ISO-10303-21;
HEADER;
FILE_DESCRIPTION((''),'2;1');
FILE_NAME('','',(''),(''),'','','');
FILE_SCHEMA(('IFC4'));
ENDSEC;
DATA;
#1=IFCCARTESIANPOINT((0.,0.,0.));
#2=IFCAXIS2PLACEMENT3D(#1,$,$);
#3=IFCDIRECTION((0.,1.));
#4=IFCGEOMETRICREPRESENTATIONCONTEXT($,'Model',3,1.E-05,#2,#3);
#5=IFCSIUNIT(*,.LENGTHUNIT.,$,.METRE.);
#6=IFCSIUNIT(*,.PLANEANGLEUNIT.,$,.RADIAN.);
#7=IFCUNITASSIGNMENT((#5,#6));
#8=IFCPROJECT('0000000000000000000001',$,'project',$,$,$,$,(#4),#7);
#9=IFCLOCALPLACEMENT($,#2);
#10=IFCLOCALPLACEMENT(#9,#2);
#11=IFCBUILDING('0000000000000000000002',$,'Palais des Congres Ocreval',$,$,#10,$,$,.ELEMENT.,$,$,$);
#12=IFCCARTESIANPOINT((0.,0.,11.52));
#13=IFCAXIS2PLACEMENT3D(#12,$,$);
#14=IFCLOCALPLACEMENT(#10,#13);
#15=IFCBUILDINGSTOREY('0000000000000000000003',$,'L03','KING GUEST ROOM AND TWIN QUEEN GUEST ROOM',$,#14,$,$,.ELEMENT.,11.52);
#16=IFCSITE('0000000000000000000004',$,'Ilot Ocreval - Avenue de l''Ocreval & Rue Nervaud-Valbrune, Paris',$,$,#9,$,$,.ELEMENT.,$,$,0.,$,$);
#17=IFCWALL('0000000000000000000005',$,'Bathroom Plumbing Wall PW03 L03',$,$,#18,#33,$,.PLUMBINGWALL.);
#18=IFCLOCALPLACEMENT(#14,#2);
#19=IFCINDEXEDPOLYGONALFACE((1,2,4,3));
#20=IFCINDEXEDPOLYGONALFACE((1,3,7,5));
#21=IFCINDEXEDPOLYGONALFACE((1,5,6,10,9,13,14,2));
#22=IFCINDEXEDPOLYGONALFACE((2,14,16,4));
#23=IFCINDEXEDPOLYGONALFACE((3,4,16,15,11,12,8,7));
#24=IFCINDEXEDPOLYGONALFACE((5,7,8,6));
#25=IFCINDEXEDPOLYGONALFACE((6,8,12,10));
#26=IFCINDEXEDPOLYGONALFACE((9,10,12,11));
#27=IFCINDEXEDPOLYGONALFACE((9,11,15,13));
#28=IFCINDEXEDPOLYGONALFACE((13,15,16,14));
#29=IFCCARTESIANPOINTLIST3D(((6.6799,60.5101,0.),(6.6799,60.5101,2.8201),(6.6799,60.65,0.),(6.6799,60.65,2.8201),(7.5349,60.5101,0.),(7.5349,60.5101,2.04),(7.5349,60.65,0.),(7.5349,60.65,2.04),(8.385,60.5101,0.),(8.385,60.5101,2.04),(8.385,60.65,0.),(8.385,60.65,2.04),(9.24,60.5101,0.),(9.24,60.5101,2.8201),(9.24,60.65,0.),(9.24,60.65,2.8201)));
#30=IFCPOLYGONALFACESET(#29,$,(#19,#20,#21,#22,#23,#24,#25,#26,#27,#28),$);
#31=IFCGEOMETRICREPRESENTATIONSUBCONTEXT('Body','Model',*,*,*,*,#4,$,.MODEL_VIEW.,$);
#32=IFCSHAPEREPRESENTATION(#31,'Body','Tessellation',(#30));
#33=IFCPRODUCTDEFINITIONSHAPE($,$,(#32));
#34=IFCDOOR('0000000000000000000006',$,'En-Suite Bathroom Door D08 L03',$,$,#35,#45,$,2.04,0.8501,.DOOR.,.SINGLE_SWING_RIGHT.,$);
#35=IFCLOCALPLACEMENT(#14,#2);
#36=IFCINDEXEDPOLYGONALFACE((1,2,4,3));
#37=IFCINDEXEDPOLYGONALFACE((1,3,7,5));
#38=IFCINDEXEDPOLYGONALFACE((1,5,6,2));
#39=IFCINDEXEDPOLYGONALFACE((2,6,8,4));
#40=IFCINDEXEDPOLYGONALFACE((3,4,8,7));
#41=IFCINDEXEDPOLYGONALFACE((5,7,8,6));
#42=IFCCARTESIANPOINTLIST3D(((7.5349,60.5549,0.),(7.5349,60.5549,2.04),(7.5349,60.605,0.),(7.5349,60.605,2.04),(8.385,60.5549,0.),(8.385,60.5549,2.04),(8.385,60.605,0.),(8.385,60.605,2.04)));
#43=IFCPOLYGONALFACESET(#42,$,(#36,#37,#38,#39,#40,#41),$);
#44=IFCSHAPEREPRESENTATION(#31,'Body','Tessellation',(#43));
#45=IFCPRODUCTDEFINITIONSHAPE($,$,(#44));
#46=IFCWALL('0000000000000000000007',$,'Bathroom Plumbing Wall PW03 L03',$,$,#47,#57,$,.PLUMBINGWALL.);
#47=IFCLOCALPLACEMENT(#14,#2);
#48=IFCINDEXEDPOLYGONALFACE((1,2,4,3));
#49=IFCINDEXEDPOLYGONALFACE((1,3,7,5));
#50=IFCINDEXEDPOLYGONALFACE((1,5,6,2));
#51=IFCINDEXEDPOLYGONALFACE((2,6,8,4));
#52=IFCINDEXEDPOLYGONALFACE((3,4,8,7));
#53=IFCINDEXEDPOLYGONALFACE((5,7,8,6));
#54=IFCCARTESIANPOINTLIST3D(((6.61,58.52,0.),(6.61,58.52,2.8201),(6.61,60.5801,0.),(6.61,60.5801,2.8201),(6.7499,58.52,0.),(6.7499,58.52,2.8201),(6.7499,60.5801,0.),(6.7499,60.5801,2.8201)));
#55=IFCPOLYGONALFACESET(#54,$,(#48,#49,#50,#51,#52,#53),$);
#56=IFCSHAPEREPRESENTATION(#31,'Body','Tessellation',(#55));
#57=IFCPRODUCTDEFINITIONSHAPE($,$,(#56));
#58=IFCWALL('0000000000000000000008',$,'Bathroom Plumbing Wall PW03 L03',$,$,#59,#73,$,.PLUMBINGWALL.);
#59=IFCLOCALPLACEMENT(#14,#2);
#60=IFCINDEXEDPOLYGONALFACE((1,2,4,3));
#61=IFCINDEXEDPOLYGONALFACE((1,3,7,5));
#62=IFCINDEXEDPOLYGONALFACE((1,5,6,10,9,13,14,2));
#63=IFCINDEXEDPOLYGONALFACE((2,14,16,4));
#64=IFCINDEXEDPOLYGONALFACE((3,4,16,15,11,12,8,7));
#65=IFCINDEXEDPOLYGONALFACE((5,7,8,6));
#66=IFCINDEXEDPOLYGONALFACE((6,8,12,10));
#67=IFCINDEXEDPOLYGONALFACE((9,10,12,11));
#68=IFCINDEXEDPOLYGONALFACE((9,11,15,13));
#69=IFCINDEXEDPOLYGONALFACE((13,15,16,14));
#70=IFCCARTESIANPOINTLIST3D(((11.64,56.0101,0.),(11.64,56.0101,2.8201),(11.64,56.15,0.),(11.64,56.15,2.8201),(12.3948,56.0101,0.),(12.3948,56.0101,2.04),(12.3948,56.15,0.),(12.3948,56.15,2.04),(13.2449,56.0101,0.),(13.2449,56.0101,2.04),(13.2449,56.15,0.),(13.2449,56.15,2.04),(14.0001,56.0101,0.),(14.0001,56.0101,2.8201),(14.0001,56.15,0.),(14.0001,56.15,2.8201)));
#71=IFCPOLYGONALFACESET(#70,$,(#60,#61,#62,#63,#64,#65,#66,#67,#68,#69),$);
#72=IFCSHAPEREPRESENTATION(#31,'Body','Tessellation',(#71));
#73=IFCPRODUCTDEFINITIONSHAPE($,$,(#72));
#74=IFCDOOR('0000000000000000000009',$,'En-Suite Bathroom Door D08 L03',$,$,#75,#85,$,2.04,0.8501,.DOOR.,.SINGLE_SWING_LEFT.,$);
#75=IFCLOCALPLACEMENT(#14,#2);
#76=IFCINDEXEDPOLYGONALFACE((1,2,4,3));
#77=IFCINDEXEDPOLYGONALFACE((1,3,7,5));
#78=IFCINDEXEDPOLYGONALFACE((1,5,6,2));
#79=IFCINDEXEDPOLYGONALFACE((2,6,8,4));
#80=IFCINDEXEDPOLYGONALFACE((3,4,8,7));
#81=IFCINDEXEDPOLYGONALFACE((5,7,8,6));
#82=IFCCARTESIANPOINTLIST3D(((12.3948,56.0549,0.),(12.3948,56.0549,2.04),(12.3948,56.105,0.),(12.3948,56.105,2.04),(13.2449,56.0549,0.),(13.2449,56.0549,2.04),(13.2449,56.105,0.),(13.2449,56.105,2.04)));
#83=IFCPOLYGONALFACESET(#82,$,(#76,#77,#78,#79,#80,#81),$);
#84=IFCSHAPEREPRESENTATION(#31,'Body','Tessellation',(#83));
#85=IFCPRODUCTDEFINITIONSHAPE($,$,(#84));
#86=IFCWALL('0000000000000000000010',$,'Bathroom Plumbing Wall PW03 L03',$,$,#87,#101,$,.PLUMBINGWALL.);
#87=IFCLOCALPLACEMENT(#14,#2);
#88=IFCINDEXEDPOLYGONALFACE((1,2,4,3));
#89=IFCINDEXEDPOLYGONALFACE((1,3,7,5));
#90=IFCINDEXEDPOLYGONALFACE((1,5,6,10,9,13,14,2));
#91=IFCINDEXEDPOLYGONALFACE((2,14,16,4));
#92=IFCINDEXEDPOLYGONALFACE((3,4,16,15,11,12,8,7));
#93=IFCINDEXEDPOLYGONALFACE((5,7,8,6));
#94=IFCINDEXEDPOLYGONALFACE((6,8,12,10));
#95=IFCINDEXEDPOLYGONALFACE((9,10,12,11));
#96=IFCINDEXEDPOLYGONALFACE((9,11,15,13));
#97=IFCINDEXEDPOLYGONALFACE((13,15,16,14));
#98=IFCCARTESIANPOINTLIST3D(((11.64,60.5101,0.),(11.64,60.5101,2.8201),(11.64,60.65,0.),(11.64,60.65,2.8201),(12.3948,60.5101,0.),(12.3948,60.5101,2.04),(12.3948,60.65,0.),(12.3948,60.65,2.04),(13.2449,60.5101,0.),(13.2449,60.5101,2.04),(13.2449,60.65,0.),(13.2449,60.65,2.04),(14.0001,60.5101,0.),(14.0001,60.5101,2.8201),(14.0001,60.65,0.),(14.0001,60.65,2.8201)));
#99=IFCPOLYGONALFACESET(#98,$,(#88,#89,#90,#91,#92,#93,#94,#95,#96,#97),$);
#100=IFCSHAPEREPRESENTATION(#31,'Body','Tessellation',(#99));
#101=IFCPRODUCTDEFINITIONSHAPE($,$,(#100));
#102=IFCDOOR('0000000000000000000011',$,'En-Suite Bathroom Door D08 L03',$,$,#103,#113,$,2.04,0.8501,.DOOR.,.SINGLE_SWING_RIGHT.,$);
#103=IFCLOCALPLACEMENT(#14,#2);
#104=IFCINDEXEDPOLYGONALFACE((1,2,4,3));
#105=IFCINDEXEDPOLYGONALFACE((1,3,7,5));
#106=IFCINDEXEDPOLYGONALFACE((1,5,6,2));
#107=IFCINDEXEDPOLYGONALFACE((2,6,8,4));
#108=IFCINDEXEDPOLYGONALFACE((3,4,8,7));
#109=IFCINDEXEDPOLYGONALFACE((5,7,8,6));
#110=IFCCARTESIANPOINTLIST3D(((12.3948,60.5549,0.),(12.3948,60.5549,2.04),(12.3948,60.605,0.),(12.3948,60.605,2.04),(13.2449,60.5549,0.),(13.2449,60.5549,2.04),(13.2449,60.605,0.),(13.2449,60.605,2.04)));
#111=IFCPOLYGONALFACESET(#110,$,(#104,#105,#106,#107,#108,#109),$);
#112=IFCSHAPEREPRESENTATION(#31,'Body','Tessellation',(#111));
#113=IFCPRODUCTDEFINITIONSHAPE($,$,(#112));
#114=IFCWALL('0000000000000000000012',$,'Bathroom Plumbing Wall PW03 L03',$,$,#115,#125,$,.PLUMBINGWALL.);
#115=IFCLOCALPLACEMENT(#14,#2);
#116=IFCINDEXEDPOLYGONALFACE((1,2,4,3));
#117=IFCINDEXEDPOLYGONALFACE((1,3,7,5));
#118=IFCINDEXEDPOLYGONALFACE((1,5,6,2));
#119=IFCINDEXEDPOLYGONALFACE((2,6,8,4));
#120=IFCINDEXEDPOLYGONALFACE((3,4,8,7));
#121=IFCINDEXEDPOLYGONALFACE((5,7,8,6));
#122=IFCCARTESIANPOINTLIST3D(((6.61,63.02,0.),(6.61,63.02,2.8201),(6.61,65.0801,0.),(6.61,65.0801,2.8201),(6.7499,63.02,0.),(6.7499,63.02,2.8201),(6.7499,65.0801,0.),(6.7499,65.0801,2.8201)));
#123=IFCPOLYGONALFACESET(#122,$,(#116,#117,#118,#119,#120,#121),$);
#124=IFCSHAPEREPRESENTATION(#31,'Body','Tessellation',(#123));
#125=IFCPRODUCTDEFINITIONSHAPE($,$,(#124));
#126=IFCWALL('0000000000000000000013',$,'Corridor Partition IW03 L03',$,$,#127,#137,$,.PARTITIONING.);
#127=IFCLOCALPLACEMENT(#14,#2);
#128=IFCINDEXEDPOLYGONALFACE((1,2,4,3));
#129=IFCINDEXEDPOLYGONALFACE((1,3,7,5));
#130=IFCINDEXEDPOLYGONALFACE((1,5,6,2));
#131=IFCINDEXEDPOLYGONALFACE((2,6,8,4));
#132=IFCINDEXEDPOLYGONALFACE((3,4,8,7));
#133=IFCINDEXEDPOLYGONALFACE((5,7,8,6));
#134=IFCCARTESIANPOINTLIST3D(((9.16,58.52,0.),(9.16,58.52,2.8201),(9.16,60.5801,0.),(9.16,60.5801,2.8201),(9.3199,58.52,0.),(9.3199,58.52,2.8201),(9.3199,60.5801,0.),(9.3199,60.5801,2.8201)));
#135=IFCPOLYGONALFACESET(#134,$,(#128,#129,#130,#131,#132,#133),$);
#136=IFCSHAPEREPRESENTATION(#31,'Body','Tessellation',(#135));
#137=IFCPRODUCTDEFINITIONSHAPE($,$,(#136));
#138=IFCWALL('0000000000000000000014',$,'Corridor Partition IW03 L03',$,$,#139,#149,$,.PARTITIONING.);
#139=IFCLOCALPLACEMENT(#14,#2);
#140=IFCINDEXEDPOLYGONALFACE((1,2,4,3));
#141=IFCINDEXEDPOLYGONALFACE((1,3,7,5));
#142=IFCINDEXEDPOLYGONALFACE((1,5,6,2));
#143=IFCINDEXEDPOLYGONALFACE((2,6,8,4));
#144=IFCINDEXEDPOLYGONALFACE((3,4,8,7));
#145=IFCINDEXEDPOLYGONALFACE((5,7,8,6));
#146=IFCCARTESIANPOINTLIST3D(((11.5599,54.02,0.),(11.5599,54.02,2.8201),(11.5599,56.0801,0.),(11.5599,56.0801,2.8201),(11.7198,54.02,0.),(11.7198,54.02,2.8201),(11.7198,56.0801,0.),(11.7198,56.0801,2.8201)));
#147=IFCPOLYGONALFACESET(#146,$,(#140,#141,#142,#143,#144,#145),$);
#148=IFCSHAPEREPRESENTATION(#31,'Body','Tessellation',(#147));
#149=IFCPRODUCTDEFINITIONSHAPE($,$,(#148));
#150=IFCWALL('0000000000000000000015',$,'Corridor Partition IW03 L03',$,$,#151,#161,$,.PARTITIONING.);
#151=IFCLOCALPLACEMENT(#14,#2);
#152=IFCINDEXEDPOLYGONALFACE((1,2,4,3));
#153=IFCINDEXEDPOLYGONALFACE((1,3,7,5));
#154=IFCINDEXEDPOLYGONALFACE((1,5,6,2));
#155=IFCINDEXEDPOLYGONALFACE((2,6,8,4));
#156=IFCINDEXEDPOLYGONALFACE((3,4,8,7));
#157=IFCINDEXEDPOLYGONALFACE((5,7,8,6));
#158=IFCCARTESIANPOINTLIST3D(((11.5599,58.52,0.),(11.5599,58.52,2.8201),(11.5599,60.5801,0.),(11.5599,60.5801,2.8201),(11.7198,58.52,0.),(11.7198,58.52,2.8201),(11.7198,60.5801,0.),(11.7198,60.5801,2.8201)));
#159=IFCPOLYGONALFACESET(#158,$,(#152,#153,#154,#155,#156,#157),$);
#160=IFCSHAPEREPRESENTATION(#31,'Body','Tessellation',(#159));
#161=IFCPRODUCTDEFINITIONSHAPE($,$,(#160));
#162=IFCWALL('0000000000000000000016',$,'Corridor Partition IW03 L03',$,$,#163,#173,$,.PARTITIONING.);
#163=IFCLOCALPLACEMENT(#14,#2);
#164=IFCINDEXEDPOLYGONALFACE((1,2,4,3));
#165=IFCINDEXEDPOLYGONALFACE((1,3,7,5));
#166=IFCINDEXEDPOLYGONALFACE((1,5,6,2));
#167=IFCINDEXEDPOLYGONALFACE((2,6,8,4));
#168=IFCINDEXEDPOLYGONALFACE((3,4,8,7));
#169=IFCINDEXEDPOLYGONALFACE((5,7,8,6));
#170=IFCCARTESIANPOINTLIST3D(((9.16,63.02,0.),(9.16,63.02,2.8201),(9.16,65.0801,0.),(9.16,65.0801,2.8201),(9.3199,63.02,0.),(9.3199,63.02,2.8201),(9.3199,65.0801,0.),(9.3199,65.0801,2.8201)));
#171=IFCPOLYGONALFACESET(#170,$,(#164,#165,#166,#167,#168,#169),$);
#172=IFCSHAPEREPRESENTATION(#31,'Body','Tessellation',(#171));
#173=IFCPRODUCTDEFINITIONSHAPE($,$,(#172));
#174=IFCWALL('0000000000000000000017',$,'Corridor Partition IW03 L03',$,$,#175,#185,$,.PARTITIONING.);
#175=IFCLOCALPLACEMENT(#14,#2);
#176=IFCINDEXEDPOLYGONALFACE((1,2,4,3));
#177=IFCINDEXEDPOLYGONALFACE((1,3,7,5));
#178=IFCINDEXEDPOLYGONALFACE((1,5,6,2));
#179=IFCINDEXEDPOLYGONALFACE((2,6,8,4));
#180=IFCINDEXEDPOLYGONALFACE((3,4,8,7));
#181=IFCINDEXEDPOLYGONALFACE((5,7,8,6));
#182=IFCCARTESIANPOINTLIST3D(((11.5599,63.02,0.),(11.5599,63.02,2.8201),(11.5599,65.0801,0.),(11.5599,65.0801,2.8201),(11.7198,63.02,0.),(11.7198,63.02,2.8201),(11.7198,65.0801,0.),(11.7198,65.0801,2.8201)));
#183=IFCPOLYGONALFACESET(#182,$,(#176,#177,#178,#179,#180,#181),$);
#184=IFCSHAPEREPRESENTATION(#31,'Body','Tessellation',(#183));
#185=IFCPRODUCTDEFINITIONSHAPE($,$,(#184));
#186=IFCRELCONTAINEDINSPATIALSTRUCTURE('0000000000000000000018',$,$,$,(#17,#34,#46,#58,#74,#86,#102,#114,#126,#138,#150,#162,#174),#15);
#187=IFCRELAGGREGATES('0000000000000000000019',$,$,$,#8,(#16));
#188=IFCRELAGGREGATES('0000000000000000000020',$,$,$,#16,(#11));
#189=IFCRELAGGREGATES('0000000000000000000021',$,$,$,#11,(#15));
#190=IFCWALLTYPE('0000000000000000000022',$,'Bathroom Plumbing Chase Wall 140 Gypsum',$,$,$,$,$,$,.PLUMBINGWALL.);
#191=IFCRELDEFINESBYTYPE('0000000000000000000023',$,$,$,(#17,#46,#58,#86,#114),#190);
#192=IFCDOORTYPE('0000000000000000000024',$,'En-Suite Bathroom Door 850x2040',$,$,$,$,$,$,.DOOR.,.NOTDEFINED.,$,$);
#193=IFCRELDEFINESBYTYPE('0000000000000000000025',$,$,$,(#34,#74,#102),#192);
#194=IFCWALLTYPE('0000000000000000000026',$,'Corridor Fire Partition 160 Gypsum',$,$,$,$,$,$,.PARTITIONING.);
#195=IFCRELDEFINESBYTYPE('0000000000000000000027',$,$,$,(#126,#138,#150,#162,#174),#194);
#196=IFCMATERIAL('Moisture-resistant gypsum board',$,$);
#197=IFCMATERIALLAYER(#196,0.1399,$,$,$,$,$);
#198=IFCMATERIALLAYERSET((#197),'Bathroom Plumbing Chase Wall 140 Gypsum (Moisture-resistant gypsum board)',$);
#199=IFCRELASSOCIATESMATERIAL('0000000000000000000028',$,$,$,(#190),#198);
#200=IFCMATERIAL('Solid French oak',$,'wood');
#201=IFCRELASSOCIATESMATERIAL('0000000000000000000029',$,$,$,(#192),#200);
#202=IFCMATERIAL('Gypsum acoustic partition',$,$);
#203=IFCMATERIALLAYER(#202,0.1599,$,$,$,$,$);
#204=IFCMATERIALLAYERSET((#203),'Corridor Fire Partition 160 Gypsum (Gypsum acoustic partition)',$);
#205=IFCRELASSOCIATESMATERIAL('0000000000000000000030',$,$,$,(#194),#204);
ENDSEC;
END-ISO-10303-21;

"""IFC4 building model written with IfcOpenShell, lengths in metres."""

from ifc_helpers import new_model, si_unit, direction, frame, frame_2d, origin, place, context, subcontext, project, spatial, rectangle, extrude, material, layer, layer_set, type_object, element, fill, save


model = new_model("IFC4")

# Units and contexts
model_context = context("Model", 3, precision=1e-05, world=origin(), true_north=direction((0.0, 1.0)))
body_context = subcontext(model_context, "Body", "Model", "MODEL_VIEW")
ifc_project = project(units=[si_unit("LENGTHUNIT", "METRE"), si_unit("PLANEANGLEUNIT", "RADIAN")], contexts=[model_context])

# Site, building, storey
site_placement = place(None, origin())
site = spatial("IfcSite", under=ifc_project, at=site_placement, Name="Ilot Ocreval - Avenue de l'Ocreval & Rue Nervaud-Valbrune, Paris", CompositionType="ELEMENT", RefElevation=0.0)
building_placement = place(site_placement, origin())
building = spatial("IfcBuilding", under=site, at=building_placement, Name="Palais des Congres Ocreval", CompositionType="ELEMENT")
storey_placement = place(building_placement, frame((0.0, 0.0, 11.52)))
storey = spatial("IfcBuildingStorey", under=building, at=storey_placement, Name="L03", Description="KING GUEST ROOM AND TWIN QUEEN GUEST ROOM", CompositionType="ELEMENT", Elevation=11.52)

# Wall, opening, door
ifc_material_1 = material(Name="Moisture-resistant gypsum board")
ifc_layer_1 = layer(ifc_material_1, 0.1399)
ifc_layer_set_1 = layer_set([ifc_layer_1], Name="Bathroom Plumbing Chase Wall 140 Gypsum (Moisture-resistant gypsum board)")
wall_type_1 = type_object("IfcWallType", Name="Bathroom Plumbing Chase Wall 140 Gypsum", PredefinedType="PLUMBINGWALL", material=ifc_layer_set_1)
ifc_material_2 = material(Name="Solid French oak", Category="wood")
door_type_1 = type_object("IfcDoorType", Name="En-Suite Bathroom Door 850x2040", OperationType="NOTDEFINED", PredefinedType="DOOR", material=ifc_material_2)
wall_1_placement = place(storey_placement, frame((6.6799, 60.5801, 0.0), z_axis=(0.0, 0.0, 1.0), x_axis=(1.0, 0.0, 0.0)))
wall_1 = element("IfcWall", 1, at=wall_1_placement, inside=storey, type_object=wall_type_1, Name="Bathroom Plumbing Wall PW03 L03", PredefinedType="PLUMBINGWALL", context=body_context, shape_type="SweptSolid", body=[
    extrude(rectangle(XDim=2.5601, YDim=0.1399, at=frame_2d((1.28, 0.0))), origin(), (0.0, 0.0, 1.0), 2.8201),
])
opening_1_placement = place(wall_1_placement, frame((0.855, 0.0, 0.0)))
opening_1 = element("IfcOpeningElement", 2, at=opening_1_placement, cuts=wall_1, PredefinedType="OPENING", context=body_context, shape_type="SweptSolid", body=[
    extrude(rectangle(XDim=0.8501, YDim=2.04, at=frame_2d((0.425, 1.02))), frame((0.0, 0.0798, 0.0), z_axis=(0.0, -1.0, 0.0), x_axis=(1.0, 0.0, 0.0)), (0.0, 0.0, 1.0), 0.1599),
])
door_1_placement = place(opening_1_placement, origin())
door_1 = element("IfcDoor", 3, at=door_1_placement, inside=storey, type_object=door_type_1, Name="En-Suite Bathroom Door D08 L03", OperationType="SINGLE_SWING_RIGHT", OverallHeight=2.04, OverallWidth=0.8501, PredefinedType="DOOR", context=body_context, shape_type="SweptSolid", body=[
    extrude(rectangle(XDim=0.8501, YDim=2.04, at=frame_2d((0.425, 1.02))), frame((0.0, 0.0249, 0.0), z_axis=(0.0, -1.0, 0.0), x_axis=(1.0, 0.0, 0.0)), (0.0, 0.0, 1.0), 0.05),
])
fill(opening_1, door_1)

# Wall
wall_2_placement = place(storey_placement, frame((6.6799, 58.52, 0.0), z_axis=(0.0, 0.0, 1.0), x_axis=(0.0, 1.0, 0.0)))
element("IfcWall", 4, at=wall_2_placement, inside=storey, type_object=wall_type_1, Name="Bathroom Plumbing Wall PW03 L03", PredefinedType="PLUMBINGWALL", context=body_context, shape_type="SweptSolid", body=[
    extrude(rectangle(XDim=2.0601, YDim=0.1399, at=frame_2d((1.03, 0.0))), origin(), (0.0, 0.0, 1.0), 2.8201),
])

# Walls, openings, doors
wall_3_placement = place(storey_placement, frame((11.6399, 56.0801, 0.0), z_axis=(0.0, 0.0, 1.0), x_axis=(1.0, 0.0, 0.0)))
wall_3 = element("IfcWall", 5, at=wall_3_placement, inside=storey, type_object=wall_type_1, Name="Bathroom Plumbing Wall PW03 L03", PredefinedType="PLUMBINGWALL", context=body_context, shape_type="SweptSolid", body=[
    extrude(rectangle(XDim=2.3601, YDim=0.1399, at=frame_2d((1.1802, 0.0))), origin(), (0.0, 0.0, 1.0), 2.8201),
])
opening_2_placement = place(wall_3_placement, frame((0.7549, 0.0, 0.0)))
opening_2 = element("IfcOpeningElement", 6, at=opening_2_placement, cuts=wall_3, PredefinedType="OPENING", context=body_context, shape_type="SweptSolid", body=[
    extrude(rectangle(XDim=0.8501, YDim=2.04, at=frame_2d((0.425, 1.02))), frame((0.0, 0.0798, 0.0), z_axis=(0.0, -1.0, 0.0), x_axis=(1.0, 0.0, 0.0)), (0.0, 0.0, 1.0), 0.1599),
])
door_2_placement = place(opening_2_placement, origin())
door_2 = element("IfcDoor", 7, at=door_2_placement, inside=storey, type_object=door_type_1, Name="En-Suite Bathroom Door D08 L03", OperationType="SINGLE_SWING_LEFT", OverallHeight=2.04, OverallWidth=0.8501, PredefinedType="DOOR", context=body_context, shape_type="SweptSolid", body=[
    extrude(rectangle(XDim=0.8501, YDim=2.04, at=frame_2d((0.425, 1.02))), frame((0.0, 0.0249, 0.0), z_axis=(0.0, -1.0, 0.0), x_axis=(1.0, 0.0, 0.0)), (0.0, 0.0, 1.0), 0.05),
])
fill(opening_2, door_2)
wall_4_placement = place(storey_placement, frame((11.6399, 60.5801, 0.0), z_axis=(0.0, 0.0, 1.0), x_axis=(1.0, 0.0, 0.0)))
wall_4 = element("IfcWall", 8, at=wall_4_placement, inside=storey, type_object=wall_type_1, Name="Bathroom Plumbing Wall PW03 L03", PredefinedType="PLUMBINGWALL", context=body_context, shape_type="SweptSolid", body=[
    extrude(rectangle(XDim=2.3601, YDim=0.1399, at=frame_2d((1.1802, 0.0))), origin(), (0.0, 0.0, 1.0), 2.8201),
])
opening_3_placement = place(wall_4_placement, frame((0.7549, 0.0, 0.0)))
opening_3 = element("IfcOpeningElement", 9, at=opening_3_placement, cuts=wall_4, PredefinedType="OPENING", context=body_context, shape_type="SweptSolid", body=[
    extrude(rectangle(XDim=0.8501, YDim=2.04, at=frame_2d((0.425, 1.02))), frame((0.0, 0.0798, 0.0), z_axis=(0.0, -1.0, 0.0), x_axis=(1.0, 0.0, 0.0)), (0.0, 0.0, 1.0), 0.1599),
])
door_3_placement = place(opening_3_placement, origin())
door_3 = element("IfcDoor", 10, at=door_3_placement, inside=storey, type_object=door_type_1, Name="En-Suite Bathroom Door D08 L03", OperationType="SINGLE_SWING_RIGHT", OverallHeight=2.04, OverallWidth=0.8501, PredefinedType="DOOR", context=body_context, shape_type="SweptSolid", body=[
    extrude(rectangle(XDim=0.8501, YDim=2.04, at=frame_2d((0.425, 1.02))), frame((0.0, 0.0249, 0.0), z_axis=(0.0, -1.0, 0.0), x_axis=(1.0, 0.0, 0.0)), (0.0, 0.0, 1.0), 0.05),
])
fill(opening_3, door_3)

# Walls
wall_5_placement = place(storey_placement, frame((6.6799, 63.02, 0.0), z_axis=(0.0, 0.0, 1.0), x_axis=(0.0, 1.0, 0.0)))
element("IfcWall", 11, at=wall_5_placement, inside=storey, type_object=wall_type_1, Name="Bathroom Plumbing Wall PW03 L03", PredefinedType="PLUMBINGWALL", context=body_context, shape_type="SweptSolid", body=[
    extrude(rectangle(XDim=2.0601, YDim=0.1399, at=frame_2d((1.03, 0.0))), origin(), (0.0, 0.0, 1.0), 2.8201),
])
ifc_material_3 = material(Name="Gypsum acoustic partition")
ifc_layer_2 = layer(ifc_material_3, 0.1599)
ifc_layer_set_2 = layer_set([ifc_layer_2], Name="Corridor Fire Partition 160 Gypsum (Gypsum acoustic partition)")
wall_type_2 = type_object("IfcWallType", Name="Corridor Fire Partition 160 Gypsum", PredefinedType="PARTITIONING", material=ifc_layer_set_2)
for number, where, z_axis, x_axis, name in (
    (12, (9.24, 58.52, 0.0), (0.0, 0.0, 1.0), (0.0, 1.0, 0.0), "Corridor Partition IW03 L03"),
    (13, (11.6399, 54.02, 0.0), (0.0, 0.0, 1.0), (0.0, 1.0, 0.0), "Corridor Partition IW03 L03"),
    (14, (11.6399, 58.52, 0.0), (0.0, 0.0, 1.0), (0.0, 1.0, 0.0), "Corridor Partition IW03 L03"),
    (15, (9.24, 63.02, 0.0), (0.0, 0.0, 1.0), (0.0, 1.0, 0.0), "Corridor Partition IW03 L03"),
    (16, (11.6399, 63.02, 0.0), (0.0, 0.0, 1.0), (0.0, 1.0, 0.0), "Corridor Partition IW03 L03"),
):
    element("IfcWall", number, at=place(storey_placement, frame(where, z_axis=z_axis, x_axis=x_axis)), inside=storey, type_object=wall_type_2, Name=name, PredefinedType="PARTITIONING", context=body_context, shape_type="SweptSolid", body=[
        extrude(rectangle(XDim=2.0601, YDim=0.1599, at=frame_2d((1.03, 0.0))), origin(), (0.0, 0.0, 1.0), 2.8201),
    ])

save(model, "model.ifc")
